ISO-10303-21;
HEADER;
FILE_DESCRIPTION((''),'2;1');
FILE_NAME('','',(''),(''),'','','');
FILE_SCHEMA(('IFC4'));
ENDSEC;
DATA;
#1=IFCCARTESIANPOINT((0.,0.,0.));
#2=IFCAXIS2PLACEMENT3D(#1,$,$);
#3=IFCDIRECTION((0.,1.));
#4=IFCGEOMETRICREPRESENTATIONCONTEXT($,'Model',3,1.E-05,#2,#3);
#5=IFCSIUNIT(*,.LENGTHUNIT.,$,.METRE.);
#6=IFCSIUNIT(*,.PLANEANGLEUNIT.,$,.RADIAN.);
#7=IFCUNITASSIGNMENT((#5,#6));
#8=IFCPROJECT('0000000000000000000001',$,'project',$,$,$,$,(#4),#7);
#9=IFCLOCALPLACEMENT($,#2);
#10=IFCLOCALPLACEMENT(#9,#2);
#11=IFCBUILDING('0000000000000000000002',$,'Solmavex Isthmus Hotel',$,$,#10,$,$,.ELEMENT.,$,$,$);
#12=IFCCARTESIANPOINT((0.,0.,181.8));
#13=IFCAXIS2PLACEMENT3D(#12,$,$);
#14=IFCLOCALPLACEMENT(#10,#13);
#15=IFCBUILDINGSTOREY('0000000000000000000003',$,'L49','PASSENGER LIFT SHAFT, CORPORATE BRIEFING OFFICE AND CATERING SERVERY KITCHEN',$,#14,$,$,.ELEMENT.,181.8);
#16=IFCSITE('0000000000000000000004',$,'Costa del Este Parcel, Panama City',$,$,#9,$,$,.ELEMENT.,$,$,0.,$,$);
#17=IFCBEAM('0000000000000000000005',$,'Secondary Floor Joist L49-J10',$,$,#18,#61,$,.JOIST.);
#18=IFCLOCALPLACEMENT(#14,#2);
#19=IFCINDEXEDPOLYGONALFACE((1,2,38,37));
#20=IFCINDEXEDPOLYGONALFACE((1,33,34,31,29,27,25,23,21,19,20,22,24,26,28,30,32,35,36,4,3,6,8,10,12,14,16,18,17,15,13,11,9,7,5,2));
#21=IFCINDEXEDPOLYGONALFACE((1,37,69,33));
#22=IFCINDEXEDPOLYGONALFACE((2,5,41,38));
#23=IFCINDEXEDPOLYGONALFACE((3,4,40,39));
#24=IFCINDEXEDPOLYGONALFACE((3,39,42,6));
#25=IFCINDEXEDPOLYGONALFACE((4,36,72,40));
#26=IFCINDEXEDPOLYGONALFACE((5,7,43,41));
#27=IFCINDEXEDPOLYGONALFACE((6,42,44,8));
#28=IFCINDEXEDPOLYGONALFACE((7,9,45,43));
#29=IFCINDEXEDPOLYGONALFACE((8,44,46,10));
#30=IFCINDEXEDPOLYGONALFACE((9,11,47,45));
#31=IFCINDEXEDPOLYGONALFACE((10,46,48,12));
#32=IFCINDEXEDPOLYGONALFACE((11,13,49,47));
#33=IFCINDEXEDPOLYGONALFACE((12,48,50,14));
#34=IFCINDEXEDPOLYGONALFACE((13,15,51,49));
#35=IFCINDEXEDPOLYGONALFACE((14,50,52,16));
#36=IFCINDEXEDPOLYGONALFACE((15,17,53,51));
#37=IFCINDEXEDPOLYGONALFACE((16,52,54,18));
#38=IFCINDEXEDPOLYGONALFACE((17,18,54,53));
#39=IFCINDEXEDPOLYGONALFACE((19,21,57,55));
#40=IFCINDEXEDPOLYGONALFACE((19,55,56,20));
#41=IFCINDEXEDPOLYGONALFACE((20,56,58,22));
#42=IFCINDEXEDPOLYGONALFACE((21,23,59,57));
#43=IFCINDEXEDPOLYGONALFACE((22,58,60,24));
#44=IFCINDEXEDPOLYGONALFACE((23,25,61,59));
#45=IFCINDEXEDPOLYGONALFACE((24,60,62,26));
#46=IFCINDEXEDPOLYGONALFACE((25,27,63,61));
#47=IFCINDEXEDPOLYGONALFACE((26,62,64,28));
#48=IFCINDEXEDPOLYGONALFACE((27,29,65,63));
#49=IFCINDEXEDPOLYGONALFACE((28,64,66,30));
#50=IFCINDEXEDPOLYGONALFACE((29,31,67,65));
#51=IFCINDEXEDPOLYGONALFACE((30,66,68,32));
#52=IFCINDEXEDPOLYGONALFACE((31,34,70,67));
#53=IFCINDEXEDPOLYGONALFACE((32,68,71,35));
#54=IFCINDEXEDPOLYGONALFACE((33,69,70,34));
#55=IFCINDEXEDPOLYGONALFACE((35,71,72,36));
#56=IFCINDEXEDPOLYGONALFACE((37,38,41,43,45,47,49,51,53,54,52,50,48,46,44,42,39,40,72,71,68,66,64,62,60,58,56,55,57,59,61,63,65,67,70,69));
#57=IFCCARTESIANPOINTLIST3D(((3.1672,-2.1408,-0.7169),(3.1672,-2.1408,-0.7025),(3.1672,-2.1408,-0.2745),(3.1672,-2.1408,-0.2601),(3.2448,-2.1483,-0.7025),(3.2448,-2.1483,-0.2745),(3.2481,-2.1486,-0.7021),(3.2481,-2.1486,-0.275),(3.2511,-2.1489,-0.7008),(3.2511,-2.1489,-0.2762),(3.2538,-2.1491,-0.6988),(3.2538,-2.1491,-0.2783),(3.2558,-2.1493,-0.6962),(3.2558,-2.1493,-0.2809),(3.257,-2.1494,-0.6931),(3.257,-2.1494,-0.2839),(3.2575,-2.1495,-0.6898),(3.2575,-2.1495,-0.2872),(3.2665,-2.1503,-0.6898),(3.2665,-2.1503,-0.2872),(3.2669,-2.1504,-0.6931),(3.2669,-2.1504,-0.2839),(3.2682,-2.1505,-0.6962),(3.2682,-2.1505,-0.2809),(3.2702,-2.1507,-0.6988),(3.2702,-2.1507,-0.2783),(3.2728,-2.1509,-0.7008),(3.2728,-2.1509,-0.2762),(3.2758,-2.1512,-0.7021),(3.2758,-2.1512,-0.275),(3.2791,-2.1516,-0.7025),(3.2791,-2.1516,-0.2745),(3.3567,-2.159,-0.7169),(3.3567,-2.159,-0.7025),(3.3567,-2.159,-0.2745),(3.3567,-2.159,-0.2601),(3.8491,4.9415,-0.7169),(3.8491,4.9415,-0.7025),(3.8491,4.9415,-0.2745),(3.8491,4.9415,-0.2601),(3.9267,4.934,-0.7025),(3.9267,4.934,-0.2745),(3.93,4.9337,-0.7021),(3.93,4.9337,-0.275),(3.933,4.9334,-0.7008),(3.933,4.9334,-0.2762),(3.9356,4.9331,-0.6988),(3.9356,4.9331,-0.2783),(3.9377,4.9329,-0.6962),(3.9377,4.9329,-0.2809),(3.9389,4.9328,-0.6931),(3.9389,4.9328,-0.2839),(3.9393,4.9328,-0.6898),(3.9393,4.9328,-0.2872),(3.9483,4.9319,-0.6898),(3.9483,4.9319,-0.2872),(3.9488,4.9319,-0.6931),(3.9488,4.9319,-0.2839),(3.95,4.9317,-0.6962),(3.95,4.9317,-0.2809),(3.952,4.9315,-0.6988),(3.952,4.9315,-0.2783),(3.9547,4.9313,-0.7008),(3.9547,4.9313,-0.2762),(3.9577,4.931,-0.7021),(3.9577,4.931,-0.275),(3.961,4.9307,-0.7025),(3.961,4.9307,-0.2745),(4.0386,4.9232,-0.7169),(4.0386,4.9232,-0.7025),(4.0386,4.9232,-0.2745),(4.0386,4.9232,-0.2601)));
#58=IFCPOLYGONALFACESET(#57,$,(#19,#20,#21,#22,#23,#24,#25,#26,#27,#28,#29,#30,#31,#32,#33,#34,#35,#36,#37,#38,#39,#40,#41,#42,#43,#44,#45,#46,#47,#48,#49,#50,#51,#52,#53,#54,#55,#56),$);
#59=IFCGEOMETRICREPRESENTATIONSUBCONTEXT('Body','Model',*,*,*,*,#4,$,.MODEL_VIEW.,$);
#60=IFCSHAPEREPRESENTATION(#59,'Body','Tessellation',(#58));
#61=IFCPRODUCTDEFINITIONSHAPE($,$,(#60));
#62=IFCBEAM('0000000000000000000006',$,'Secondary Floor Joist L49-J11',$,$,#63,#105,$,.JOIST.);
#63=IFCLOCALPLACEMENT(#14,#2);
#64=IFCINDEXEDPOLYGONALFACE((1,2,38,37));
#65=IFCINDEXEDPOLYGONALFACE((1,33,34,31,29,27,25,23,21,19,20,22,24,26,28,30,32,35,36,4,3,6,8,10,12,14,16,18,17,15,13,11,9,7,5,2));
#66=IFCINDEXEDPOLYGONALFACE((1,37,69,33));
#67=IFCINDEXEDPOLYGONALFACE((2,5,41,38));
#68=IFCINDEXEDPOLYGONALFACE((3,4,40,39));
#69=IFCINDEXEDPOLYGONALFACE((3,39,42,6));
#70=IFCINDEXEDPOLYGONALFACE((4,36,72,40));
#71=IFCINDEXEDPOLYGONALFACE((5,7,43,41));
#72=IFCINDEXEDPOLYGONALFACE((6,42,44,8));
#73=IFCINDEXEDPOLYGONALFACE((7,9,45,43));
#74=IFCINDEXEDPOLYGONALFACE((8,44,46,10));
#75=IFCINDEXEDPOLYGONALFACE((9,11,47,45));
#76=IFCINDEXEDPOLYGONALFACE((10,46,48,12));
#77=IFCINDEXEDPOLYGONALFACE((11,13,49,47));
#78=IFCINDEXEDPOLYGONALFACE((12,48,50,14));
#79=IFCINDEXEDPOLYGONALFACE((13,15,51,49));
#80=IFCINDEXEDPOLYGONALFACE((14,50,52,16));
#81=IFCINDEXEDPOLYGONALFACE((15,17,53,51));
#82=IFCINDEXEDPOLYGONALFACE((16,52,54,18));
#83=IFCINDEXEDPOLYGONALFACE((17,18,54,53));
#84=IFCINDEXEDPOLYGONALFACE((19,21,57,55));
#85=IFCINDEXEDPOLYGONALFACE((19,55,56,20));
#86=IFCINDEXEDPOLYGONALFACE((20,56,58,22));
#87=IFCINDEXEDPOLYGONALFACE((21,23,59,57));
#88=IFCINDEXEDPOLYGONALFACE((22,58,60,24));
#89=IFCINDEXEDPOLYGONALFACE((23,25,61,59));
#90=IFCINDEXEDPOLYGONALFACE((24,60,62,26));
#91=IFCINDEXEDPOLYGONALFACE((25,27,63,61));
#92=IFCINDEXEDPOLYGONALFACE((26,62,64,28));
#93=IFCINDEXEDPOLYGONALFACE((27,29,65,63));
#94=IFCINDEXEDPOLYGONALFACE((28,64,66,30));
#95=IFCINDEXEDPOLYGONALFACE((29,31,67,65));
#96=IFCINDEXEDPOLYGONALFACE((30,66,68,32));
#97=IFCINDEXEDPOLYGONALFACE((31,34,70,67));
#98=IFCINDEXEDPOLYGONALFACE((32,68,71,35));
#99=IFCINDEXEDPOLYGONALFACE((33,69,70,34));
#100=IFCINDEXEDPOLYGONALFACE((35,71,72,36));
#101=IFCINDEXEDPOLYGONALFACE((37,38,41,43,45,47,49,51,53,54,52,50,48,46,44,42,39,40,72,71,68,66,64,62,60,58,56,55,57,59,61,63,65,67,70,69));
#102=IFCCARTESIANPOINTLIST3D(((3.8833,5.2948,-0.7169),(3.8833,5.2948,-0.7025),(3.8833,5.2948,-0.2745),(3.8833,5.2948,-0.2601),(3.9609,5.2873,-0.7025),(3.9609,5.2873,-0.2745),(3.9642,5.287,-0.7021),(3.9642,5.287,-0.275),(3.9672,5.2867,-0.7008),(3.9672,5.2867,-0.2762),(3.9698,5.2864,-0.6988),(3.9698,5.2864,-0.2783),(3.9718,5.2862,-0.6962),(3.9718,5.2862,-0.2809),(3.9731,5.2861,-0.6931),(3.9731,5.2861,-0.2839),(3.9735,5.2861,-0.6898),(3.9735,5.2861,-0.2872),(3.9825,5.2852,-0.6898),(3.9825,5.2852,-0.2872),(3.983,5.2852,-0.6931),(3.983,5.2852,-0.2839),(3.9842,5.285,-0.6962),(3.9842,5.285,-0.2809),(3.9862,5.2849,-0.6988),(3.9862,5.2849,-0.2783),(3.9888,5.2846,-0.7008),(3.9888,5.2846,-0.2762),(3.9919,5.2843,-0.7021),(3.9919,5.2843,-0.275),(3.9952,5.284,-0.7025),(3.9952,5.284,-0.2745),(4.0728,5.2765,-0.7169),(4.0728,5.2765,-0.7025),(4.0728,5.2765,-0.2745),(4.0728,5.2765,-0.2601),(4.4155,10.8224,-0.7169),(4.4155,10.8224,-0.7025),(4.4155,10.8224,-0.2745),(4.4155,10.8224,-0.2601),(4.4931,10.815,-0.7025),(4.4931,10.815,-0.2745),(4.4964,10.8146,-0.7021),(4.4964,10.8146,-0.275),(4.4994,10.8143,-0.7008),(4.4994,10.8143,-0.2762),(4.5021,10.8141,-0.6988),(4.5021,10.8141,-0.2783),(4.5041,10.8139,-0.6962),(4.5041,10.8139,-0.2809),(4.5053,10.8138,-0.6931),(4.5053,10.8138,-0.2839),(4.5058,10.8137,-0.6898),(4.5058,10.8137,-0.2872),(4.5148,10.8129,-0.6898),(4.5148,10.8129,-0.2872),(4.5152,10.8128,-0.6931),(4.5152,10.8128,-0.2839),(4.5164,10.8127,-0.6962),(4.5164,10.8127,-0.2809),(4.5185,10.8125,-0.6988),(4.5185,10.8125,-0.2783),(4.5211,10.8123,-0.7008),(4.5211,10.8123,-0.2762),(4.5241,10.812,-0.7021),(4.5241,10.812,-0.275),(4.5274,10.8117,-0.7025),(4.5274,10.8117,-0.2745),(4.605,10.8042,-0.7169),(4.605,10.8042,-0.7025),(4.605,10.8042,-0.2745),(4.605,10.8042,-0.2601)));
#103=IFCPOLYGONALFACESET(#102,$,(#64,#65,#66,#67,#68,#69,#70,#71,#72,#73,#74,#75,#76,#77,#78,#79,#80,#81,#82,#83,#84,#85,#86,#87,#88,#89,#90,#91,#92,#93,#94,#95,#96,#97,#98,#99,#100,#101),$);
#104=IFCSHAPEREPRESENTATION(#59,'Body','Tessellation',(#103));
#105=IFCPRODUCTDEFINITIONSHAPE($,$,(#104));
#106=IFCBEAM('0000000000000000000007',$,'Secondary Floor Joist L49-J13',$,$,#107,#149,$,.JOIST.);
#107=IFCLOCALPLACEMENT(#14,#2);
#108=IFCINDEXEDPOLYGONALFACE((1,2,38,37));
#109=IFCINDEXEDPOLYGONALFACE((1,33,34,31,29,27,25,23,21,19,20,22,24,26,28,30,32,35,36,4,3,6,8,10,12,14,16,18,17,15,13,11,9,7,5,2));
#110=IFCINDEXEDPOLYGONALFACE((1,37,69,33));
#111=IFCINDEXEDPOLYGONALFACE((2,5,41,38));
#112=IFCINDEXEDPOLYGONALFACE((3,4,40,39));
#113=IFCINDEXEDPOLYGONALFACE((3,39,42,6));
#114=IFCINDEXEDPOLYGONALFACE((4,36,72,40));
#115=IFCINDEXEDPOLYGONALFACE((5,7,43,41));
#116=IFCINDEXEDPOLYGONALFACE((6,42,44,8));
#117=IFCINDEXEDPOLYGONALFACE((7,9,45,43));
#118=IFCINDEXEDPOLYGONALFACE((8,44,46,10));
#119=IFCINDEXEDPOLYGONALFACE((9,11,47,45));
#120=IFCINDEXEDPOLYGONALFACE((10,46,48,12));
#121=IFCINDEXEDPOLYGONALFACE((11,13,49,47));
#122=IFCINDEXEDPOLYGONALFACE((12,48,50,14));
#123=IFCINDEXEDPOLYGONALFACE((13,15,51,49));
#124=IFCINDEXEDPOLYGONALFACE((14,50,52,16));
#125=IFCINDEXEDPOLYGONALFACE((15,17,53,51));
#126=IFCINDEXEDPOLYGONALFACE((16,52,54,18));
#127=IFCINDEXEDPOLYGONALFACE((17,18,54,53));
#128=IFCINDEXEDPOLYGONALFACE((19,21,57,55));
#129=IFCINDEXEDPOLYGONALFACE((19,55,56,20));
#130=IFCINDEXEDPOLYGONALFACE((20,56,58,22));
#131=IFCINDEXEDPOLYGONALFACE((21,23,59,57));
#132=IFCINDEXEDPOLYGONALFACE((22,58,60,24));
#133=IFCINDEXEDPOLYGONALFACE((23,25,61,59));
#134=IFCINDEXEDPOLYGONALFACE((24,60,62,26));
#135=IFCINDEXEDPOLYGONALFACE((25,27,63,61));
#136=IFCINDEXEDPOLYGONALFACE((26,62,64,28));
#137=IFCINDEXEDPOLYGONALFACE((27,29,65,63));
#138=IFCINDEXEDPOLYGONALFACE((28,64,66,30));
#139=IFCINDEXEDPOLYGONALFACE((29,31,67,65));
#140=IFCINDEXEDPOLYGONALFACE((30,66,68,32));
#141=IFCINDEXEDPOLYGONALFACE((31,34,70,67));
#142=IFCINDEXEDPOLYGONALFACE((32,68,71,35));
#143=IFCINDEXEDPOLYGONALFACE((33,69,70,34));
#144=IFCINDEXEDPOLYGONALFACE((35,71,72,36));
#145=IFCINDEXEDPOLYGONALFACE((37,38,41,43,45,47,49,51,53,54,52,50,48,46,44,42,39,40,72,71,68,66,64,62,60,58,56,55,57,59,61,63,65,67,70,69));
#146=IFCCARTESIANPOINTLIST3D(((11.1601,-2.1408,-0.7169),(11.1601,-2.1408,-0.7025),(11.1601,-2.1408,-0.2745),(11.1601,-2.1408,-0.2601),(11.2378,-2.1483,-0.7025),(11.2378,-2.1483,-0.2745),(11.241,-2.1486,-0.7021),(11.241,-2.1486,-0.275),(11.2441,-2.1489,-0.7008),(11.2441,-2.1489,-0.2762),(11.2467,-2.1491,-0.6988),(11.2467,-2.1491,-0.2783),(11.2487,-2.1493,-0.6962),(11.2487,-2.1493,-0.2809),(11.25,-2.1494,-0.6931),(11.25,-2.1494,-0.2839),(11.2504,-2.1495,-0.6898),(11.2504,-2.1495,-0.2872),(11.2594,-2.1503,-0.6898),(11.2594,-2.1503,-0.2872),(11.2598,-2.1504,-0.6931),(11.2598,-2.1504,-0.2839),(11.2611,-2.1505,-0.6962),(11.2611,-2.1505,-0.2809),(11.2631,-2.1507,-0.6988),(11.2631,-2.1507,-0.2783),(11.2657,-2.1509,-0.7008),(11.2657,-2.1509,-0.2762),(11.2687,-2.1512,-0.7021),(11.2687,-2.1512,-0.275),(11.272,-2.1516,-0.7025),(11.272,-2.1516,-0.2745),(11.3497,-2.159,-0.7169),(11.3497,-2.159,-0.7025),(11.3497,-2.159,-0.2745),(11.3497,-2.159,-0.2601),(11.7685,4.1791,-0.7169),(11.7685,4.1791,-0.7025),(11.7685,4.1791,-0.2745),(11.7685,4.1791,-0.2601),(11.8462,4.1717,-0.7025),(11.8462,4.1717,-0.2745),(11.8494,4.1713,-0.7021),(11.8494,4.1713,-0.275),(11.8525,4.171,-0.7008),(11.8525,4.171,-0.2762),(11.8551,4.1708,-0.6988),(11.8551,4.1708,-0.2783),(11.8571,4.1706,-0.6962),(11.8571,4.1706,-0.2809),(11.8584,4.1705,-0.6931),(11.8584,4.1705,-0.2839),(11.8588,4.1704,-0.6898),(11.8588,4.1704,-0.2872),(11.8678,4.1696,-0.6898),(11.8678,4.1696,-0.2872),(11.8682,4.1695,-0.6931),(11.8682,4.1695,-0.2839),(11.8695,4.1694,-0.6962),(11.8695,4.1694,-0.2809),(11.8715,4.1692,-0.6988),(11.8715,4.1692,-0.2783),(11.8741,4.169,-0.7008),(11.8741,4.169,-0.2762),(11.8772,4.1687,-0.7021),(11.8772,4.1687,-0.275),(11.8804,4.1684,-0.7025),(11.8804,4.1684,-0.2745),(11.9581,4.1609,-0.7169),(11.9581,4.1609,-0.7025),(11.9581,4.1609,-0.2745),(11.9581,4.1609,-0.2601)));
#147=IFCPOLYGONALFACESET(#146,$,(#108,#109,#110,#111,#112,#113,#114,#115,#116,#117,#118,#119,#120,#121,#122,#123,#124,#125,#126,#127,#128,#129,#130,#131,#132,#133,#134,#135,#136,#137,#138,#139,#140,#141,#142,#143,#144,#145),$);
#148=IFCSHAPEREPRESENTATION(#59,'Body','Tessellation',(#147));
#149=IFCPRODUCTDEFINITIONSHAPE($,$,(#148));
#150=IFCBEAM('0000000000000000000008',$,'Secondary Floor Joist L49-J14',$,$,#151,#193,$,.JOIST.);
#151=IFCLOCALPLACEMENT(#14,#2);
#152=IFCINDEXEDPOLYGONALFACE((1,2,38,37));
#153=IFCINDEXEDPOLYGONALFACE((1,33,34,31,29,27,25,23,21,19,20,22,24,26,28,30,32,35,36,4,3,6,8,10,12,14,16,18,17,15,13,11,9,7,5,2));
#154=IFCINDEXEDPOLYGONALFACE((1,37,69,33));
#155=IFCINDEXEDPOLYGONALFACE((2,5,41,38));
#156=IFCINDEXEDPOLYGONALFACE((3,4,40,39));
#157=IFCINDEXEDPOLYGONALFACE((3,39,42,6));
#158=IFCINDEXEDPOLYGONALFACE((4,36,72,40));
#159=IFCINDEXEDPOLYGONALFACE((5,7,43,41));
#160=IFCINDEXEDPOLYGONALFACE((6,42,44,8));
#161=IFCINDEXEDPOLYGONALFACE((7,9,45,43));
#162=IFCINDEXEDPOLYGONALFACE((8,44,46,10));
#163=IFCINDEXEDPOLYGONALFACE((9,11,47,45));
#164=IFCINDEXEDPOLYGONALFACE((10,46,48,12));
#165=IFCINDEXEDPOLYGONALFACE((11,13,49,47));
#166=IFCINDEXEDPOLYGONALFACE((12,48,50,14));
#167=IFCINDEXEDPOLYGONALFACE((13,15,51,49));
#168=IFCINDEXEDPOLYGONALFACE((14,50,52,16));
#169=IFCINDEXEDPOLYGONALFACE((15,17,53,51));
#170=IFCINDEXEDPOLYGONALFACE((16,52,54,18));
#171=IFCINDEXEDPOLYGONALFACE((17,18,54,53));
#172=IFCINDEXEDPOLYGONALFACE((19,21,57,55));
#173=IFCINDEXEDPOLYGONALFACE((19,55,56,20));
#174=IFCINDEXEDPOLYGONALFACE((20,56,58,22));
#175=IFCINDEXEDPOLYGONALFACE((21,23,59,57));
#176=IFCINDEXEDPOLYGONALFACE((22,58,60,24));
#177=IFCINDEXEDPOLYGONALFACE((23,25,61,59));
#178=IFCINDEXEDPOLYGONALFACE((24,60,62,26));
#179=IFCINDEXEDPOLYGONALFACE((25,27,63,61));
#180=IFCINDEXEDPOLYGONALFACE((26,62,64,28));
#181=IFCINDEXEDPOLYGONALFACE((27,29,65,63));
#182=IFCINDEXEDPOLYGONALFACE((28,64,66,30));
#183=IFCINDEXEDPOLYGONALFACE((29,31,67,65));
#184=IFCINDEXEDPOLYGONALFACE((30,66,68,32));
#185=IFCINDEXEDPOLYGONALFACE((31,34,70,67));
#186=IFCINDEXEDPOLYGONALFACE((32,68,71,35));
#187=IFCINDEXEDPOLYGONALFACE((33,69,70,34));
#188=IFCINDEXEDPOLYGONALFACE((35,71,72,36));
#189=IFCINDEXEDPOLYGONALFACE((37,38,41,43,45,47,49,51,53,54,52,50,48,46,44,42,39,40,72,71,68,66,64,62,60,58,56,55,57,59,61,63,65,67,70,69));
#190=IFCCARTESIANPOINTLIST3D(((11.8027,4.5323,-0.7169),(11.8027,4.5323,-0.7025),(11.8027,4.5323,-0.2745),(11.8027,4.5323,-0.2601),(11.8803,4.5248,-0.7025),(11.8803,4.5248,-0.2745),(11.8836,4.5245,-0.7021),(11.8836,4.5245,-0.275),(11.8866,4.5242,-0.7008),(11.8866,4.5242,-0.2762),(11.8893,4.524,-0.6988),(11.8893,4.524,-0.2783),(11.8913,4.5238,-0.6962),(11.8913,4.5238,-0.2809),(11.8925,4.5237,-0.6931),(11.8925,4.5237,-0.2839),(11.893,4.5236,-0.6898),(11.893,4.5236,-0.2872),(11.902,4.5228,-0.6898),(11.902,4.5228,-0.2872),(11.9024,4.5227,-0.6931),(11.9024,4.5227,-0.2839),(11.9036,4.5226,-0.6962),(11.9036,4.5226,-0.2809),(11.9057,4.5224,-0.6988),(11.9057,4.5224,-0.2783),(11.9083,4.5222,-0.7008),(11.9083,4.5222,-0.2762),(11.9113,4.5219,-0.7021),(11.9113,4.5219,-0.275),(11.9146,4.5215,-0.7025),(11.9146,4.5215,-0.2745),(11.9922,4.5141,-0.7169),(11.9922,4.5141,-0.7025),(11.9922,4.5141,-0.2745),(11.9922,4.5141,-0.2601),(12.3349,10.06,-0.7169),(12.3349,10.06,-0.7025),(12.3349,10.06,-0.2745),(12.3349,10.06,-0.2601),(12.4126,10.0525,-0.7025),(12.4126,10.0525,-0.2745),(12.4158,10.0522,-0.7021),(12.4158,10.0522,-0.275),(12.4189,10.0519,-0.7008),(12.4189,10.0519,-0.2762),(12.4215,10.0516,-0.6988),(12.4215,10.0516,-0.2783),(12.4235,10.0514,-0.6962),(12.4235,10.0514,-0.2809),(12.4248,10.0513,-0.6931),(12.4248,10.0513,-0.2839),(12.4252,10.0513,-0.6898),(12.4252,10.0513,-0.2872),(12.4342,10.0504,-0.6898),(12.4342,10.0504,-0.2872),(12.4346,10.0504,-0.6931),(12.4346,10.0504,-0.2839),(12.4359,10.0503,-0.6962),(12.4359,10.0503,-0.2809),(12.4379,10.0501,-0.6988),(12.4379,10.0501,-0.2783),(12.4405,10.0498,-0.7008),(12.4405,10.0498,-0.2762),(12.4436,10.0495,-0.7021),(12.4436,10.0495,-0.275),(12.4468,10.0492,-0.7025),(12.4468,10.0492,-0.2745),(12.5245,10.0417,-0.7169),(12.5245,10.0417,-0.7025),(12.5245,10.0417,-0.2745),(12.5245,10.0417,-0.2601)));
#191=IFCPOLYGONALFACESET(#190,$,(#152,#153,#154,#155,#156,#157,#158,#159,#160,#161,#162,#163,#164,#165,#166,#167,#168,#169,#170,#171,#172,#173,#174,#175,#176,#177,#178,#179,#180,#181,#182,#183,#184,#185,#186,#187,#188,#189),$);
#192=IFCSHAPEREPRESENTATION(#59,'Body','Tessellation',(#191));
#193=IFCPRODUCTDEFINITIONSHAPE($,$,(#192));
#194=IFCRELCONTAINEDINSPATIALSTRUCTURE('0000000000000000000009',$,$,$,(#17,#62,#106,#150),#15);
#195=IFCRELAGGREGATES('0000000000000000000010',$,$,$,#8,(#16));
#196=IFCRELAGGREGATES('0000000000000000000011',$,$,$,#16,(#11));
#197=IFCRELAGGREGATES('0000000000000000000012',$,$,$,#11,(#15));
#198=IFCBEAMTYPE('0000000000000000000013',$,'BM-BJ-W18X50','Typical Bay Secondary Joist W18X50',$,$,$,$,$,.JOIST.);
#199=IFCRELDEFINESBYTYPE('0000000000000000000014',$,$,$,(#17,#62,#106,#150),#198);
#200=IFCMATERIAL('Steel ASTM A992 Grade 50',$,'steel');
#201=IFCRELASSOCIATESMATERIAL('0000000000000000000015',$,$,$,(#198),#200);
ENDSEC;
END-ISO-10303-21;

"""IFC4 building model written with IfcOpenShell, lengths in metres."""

from ifc_helpers import new_model, si_unit, direction, frame, origin, origin_2d, place, context, subcontext, project, spatial, i_section, extrude, material, material_profile, profile_set, type_object, element, save


model = new_model("IFC4")

# Units and contexts
model_context = context("Model", 3, precision=1e-05, world=origin(), true_north=direction((0.0, 1.0)))
body_context = subcontext(model_context, "Body", "Model", "MODEL_VIEW")
ifc_project = project(units=[si_unit("LENGTHUNIT", "METRE"), si_unit("PLANEANGLEUNIT", "RADIAN")], contexts=[model_context])

# Site, building, storey
site_placement = place(None, origin())
site = spatial("IfcSite", under=ifc_project, at=site_placement, Name="Costa del Este Parcel, Panama City", CompositionType="ELEMENT", RefElevation=0.0)
building_placement = place(site_placement, origin())
building = spatial("IfcBuilding", under=site, at=building_placement, Name="Solmavex Isthmus Hotel", CompositionType="ELEMENT")
storey_placement = place(building_placement, frame((0.0, 0.0, 181.8)))
storey = spatial("IfcBuildingStorey", under=building, at=storey_placement, Name="L49", Description="PASSENGER LIFT SHAFT, CORPORATE BRIEFING OFFICE AND CATERING SERVERY KITCHEN", CompositionType="ELEMENT", Elevation=181.8)

# Beams
ifc_material_1 = material(Name="Steel ASTM A992 Grade 50", Category="steel")
ifc_material_profile_1 = material_profile(ifc_material_1, i_section(OverallWidth=0.1904, OverallDepth=0.4568, WebThickness=0.009, FlangeThickness=0.0144, FilletRadius=0.0127, at=origin_2d()), Name="W18X50")
ifc_profile_set_1 = profile_set([ifc_material_profile_1], Name="Steel ASTM A992 Grade 50")
beam_type_1 = type_object("IfcBeamType", Name="BM-BJ-W18X50", Description="Typical Bay Secondary Joist W18X50", PredefinedType="JOIST", material=ifc_profile_set_1)
beam_1_placement = place(storey_placement, frame((3.262, -2.1499, -0.4885), z_axis=(0.095837, 0.995397, 0.0), x_axis=(-0.995397, 0.095837, 0.0)))
element("IfcBeam", 1, at=beam_1_placement, inside=storey, type_object=beam_type_1, Name="Secondary Floor Joist L49-J10", PredefinedType="JOIST", context=body_context, shape_type="SweptSolid", body=[
    extrude(i_section(OverallWidth=0.1904, OverallDepth=0.4568, WebThickness=0.009, FlangeThickness=0.0144, FilletRadius=0.0127, at=origin_2d()), origin(), (0.0, 0.0, 1.0), 7.115),
])
beam_2_placement = place(storey_placement, frame((3.978, 5.2856, -0.4885), z_axis=(0.095842, 0.995397, 0.0), x_axis=(-0.995397, 0.095842, 0.0)))
element("IfcBeam", 2, at=beam_2_placement, inside=storey, type_object=beam_type_1, Name="Secondary Floor Joist L49-J11", PredefinedType="JOIST", context=body_context, shape_type="SweptSolid", body=[
    extrude(i_section(OverallWidth=0.1904, OverallDepth=0.4568, WebThickness=0.009, FlangeThickness=0.0144, FilletRadius=0.0127, at=origin_2d()), origin(), (0.0, 0.0, 1.0), 5.5532),
])
beam_3_placement = place(storey_placement, frame((11.2549, -2.1499, -0.4885), z_axis=(0.095825, 0.995398, 0.0), x_axis=(-0.995398, 0.095825, 0.0)))
element("IfcBeam", 3, at=beam_3_placement, inside=storey, type_object=beam_type_1, Name="Secondary Floor Joist L49-J13", PredefinedType="JOIST", context=body_context, shape_type="SweptSolid", body=[
    extrude(i_section(OverallWidth=0.1904, OverallDepth=0.4568, WebThickness=0.009, FlangeThickness=0.0144, FilletRadius=0.0127, at=origin_2d()), origin(), (0.0, 0.0, 1.0), 6.3491),
])
beam_4_placement = place(storey_placement, frame((11.8975, 4.5232, -0.4885), z_axis=(0.095842, 0.995397, 0.0), x_axis=(-0.995397, 0.095842, 0.0)))
element("IfcBeam", 4, at=beam_4_placement, inside=storey, type_object=beam_type_1, Name="Secondary Floor Joist L49-J14", PredefinedType="JOIST", context=body_context, shape_type="SweptSolid", body=[
    extrude(i_section(OverallWidth=0.1904, OverallDepth=0.4568, WebThickness=0.009, FlangeThickness=0.0144, FilletRadius=0.0127, at=origin_2d()), origin(), (0.0, 0.0, 1.0), 5.5532),
])

save(model, "model.ifc")
